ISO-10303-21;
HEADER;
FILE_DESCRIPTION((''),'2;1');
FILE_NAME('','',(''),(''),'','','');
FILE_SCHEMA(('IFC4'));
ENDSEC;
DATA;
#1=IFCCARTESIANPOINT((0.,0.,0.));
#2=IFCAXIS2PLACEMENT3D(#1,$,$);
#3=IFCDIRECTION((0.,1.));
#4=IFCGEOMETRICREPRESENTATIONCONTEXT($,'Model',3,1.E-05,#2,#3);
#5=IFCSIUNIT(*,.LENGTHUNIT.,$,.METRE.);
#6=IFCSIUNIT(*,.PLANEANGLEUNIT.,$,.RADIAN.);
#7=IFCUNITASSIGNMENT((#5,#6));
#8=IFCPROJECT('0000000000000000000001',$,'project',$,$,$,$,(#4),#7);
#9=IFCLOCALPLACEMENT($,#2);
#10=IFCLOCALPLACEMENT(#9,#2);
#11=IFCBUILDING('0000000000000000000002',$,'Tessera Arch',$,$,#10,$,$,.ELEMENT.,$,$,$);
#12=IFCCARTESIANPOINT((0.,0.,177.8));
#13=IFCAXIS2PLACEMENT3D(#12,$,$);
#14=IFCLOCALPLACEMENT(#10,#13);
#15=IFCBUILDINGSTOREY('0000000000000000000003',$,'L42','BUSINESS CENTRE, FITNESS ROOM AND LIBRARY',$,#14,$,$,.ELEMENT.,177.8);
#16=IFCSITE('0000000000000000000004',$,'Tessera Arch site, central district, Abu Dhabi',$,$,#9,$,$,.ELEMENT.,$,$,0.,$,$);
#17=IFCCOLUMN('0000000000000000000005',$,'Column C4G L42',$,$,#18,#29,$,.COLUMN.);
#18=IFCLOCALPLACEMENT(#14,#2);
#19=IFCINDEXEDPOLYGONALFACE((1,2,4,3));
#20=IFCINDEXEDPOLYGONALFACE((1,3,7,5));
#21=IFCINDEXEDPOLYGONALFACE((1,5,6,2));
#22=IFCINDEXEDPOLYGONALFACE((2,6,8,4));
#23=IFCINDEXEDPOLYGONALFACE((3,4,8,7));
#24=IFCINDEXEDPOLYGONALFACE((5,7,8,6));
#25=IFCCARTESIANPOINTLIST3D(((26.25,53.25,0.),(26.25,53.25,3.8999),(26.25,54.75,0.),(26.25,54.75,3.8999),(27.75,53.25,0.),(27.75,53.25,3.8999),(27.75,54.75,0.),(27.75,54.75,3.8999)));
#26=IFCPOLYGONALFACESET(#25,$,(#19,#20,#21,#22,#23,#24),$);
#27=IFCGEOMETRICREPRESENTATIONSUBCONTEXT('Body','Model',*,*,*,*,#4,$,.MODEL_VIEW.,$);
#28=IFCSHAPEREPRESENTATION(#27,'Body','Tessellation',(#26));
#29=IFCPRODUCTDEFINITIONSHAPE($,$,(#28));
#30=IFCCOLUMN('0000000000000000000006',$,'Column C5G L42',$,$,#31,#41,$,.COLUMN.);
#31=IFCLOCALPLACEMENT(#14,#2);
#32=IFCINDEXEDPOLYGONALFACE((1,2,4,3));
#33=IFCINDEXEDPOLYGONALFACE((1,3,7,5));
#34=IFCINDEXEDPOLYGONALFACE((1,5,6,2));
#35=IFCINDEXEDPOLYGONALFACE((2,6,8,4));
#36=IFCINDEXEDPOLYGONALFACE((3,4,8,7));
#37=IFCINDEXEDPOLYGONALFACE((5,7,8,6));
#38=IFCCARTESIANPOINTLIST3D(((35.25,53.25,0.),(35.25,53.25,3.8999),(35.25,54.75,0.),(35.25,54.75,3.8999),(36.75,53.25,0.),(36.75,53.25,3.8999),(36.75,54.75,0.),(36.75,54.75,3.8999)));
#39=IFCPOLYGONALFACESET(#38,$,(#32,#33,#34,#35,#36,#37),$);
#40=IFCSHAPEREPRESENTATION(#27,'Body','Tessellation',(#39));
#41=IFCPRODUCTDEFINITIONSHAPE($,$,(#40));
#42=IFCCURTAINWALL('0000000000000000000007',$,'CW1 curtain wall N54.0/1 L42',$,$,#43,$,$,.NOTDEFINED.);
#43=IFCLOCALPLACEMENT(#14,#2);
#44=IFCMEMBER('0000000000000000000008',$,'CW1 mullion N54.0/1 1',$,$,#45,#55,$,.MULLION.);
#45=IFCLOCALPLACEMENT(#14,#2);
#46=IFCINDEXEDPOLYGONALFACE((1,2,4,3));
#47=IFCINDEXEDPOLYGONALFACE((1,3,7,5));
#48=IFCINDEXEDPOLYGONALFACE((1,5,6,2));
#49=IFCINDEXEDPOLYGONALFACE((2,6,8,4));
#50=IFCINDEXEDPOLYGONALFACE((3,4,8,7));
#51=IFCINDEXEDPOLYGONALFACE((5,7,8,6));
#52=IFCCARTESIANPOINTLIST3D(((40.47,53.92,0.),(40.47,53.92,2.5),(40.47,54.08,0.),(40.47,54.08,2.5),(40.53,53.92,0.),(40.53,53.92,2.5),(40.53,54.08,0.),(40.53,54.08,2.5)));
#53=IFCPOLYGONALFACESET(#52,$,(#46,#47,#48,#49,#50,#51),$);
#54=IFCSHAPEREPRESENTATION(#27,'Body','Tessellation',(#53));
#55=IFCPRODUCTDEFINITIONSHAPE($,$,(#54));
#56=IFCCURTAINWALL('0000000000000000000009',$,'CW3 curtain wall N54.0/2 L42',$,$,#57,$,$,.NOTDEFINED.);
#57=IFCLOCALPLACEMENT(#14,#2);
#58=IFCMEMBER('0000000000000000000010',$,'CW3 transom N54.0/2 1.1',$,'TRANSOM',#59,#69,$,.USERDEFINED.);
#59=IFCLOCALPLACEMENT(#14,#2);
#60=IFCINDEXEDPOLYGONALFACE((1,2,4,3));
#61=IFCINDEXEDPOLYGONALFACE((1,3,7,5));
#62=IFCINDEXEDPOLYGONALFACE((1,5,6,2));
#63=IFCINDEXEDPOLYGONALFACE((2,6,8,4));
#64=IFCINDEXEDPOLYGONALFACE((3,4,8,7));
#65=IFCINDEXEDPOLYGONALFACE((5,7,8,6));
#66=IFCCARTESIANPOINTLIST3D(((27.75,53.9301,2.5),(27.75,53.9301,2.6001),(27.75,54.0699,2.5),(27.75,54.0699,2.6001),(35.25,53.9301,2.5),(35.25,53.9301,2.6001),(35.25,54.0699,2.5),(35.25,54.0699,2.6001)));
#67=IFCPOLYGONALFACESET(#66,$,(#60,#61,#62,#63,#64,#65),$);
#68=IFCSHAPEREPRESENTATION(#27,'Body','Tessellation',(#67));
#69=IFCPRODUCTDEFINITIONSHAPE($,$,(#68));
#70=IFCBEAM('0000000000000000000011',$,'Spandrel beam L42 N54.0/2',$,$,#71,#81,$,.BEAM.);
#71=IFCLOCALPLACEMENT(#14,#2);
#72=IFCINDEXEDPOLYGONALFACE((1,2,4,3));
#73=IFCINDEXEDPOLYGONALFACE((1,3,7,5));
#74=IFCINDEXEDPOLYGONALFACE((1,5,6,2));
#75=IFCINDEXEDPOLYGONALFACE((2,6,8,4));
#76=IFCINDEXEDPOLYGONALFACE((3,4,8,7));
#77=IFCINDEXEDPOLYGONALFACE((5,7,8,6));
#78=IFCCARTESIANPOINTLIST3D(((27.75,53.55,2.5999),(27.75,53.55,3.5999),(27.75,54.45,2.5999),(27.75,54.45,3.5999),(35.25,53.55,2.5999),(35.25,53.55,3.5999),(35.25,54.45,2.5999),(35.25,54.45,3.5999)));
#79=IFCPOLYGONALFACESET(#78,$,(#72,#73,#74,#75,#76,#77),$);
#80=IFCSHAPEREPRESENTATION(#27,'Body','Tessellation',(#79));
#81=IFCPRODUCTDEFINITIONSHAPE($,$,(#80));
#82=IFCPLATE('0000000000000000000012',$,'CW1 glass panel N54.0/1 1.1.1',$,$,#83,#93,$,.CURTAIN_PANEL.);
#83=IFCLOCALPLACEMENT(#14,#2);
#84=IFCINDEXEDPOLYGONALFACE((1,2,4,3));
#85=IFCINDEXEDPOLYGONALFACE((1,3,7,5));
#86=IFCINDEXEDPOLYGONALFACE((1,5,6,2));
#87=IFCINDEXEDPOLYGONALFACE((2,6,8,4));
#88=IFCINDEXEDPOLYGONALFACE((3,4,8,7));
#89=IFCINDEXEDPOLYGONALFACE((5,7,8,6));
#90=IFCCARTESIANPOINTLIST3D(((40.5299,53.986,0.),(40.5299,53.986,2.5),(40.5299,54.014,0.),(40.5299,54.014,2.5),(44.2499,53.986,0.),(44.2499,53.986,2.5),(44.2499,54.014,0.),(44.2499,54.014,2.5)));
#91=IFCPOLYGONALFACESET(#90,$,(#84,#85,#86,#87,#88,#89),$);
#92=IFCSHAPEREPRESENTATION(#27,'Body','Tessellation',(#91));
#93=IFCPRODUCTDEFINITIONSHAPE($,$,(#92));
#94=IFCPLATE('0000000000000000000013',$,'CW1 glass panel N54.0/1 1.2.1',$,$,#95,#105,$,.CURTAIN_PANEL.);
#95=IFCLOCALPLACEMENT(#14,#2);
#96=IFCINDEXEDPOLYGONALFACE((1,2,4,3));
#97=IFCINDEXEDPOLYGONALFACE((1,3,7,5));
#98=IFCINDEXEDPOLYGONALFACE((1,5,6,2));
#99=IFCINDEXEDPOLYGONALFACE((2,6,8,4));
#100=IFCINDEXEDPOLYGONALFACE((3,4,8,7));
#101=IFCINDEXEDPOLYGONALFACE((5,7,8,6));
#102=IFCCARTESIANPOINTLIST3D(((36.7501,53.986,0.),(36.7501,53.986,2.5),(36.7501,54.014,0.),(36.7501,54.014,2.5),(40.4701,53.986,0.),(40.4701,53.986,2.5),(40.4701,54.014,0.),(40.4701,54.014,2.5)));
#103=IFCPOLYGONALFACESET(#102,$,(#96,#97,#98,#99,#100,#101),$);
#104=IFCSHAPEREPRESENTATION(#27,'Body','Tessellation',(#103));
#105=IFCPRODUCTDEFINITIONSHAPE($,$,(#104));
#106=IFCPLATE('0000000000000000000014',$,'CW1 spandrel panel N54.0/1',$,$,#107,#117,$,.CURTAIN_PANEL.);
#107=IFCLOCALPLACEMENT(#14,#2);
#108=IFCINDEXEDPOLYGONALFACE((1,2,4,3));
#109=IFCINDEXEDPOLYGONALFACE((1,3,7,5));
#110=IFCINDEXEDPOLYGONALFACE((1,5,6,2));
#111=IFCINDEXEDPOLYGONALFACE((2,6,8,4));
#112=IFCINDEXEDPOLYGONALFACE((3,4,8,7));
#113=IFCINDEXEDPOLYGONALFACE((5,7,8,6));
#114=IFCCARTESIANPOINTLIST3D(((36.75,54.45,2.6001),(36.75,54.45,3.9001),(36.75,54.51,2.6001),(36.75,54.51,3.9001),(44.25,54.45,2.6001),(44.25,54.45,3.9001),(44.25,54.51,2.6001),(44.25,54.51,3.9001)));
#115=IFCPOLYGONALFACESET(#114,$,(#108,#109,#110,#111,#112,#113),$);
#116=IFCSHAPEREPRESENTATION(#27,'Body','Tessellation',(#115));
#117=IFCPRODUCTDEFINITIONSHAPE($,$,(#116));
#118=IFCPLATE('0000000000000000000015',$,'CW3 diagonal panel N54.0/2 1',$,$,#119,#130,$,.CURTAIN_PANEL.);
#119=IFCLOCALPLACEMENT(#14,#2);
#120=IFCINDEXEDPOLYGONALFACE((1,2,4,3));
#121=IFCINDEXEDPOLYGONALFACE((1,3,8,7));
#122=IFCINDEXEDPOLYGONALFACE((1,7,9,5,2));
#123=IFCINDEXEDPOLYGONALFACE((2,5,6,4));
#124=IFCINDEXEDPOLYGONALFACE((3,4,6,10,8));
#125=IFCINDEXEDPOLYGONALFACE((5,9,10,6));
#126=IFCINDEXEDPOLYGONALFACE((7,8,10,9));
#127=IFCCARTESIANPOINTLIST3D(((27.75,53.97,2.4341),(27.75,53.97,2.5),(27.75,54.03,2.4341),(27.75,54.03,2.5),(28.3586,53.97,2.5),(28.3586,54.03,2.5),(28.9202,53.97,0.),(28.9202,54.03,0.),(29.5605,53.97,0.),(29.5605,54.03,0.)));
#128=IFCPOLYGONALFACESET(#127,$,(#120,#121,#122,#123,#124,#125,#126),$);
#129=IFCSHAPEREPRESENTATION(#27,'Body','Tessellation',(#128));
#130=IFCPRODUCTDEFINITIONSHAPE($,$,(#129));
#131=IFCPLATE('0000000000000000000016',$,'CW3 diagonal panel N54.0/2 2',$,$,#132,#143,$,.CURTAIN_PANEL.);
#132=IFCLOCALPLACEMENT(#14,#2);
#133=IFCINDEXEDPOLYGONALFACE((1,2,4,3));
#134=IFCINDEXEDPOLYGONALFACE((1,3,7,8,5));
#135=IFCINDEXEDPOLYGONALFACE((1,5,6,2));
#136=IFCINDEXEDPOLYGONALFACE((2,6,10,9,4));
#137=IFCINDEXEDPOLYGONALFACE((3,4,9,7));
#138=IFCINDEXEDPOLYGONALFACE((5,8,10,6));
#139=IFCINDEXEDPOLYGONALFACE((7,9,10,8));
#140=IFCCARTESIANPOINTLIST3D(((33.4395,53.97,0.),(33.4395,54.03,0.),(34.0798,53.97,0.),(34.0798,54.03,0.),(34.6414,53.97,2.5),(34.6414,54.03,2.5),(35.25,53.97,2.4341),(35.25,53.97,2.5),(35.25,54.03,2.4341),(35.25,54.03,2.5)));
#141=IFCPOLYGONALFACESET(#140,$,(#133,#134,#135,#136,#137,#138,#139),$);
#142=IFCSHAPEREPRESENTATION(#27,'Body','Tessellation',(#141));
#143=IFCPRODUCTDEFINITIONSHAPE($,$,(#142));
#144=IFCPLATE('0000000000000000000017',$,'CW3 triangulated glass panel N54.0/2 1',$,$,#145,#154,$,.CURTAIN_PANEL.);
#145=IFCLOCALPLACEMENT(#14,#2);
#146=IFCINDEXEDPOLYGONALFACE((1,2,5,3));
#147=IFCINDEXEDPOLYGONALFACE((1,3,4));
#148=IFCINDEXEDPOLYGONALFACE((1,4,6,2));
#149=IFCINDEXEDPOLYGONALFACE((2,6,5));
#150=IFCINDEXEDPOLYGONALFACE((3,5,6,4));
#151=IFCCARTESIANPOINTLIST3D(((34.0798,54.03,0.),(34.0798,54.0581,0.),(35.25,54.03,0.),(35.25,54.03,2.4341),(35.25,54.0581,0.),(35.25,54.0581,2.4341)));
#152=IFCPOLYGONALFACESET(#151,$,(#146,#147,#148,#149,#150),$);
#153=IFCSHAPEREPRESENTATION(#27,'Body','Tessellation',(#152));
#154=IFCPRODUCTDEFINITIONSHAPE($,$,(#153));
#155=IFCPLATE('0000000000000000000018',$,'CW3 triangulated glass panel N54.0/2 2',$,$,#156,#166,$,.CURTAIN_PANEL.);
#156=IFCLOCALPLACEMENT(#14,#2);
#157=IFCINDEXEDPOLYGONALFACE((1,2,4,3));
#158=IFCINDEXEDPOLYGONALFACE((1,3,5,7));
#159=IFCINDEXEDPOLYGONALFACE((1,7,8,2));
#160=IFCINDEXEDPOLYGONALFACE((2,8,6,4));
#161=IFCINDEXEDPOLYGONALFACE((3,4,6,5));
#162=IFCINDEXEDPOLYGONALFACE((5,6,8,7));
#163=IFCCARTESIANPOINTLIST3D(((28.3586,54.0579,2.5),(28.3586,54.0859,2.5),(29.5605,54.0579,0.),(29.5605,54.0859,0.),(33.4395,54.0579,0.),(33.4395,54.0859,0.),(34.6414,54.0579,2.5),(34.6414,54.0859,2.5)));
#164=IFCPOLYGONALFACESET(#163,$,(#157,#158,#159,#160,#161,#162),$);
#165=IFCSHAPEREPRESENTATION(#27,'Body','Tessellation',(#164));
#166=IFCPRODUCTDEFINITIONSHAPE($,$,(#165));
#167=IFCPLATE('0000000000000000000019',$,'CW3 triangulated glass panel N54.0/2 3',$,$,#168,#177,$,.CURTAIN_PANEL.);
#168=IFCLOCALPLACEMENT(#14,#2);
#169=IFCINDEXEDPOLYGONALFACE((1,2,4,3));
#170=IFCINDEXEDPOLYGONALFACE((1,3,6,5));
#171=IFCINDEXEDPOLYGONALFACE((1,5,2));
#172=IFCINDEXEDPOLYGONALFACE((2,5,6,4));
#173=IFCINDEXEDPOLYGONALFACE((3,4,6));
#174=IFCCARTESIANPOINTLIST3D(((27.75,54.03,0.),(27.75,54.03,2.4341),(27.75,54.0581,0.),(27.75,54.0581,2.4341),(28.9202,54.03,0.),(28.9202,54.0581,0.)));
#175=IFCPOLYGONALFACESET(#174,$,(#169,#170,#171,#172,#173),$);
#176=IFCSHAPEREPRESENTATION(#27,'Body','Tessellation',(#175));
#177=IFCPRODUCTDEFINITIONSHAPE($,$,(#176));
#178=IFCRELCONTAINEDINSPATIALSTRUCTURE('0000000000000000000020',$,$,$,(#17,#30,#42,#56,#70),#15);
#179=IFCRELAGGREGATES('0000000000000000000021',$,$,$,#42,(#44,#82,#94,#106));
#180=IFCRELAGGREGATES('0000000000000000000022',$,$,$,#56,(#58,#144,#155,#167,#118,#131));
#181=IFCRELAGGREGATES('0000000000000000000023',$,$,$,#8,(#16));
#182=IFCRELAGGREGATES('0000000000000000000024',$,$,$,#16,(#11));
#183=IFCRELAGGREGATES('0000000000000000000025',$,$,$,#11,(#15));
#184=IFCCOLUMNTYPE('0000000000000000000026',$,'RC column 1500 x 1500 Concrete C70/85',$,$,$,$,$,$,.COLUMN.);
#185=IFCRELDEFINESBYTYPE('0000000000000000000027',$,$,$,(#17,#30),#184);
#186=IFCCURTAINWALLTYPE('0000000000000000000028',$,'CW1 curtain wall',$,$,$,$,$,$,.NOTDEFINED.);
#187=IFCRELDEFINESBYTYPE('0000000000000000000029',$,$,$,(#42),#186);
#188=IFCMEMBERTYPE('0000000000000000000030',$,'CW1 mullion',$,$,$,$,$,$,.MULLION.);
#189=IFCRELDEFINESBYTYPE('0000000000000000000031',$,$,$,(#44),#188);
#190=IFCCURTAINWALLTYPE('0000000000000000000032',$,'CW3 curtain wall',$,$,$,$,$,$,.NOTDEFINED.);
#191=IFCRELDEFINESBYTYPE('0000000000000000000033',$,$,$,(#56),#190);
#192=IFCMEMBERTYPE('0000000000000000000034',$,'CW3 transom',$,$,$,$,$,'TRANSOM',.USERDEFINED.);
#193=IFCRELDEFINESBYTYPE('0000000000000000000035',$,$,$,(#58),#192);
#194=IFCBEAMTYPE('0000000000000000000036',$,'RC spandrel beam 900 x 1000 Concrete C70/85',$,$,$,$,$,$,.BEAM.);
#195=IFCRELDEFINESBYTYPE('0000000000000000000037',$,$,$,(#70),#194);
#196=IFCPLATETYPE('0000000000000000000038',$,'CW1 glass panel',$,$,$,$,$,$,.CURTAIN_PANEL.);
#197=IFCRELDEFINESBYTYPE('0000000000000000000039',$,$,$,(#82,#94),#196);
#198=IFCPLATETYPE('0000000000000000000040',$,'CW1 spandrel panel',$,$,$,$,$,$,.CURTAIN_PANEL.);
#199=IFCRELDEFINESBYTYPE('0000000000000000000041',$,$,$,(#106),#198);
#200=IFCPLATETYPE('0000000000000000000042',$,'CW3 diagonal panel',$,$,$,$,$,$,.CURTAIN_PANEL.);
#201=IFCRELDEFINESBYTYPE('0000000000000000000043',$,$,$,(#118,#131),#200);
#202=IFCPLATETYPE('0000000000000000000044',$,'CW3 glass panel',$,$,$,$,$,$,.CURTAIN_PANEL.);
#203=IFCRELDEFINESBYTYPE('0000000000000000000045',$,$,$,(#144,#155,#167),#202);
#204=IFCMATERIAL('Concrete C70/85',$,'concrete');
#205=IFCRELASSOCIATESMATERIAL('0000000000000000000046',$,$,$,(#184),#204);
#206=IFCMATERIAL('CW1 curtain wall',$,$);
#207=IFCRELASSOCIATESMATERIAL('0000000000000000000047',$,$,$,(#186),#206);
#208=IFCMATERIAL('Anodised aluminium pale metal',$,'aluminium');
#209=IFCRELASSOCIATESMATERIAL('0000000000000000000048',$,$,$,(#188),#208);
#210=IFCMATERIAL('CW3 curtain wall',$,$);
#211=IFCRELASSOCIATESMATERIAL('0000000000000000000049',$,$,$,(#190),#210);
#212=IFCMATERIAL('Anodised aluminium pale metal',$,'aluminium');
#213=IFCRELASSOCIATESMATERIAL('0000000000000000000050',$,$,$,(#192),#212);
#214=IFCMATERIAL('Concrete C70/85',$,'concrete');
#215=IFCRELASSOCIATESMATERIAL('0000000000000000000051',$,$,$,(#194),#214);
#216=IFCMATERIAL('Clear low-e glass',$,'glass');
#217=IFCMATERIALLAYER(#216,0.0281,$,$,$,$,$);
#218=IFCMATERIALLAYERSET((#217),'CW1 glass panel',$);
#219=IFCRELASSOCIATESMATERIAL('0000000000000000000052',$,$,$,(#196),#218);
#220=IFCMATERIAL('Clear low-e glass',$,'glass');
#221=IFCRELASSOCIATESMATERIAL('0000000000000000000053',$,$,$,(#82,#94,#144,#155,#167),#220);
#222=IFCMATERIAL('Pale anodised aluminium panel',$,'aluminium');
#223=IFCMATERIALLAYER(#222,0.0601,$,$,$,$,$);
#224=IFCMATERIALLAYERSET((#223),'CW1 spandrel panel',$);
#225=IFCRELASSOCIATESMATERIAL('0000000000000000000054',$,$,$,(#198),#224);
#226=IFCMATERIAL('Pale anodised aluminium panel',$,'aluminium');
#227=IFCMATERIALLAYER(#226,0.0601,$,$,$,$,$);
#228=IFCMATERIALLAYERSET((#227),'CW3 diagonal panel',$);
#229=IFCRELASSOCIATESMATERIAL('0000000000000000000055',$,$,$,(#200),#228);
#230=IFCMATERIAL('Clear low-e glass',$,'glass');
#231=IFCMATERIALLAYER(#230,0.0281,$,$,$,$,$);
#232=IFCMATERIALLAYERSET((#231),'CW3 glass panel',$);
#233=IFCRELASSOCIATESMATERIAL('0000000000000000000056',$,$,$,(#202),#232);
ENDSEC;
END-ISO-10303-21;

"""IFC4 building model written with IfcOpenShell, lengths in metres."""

from ifc_helpers import new_model, si_unit, direction, frame, origin, origin_2d, place, context, subcontext, project, spatial, polyline, rectangle, outline, extrude, material, layer, layer_set, material_profile, profile_set, type_object, element, aggregate, save


model = new_model("IFC4")

# Units and contexts
model_context = context("Model", 3, precision=1e-05, world=origin(), true_north=direction((0.0, 1.0)))
body_context = subcontext(model_context, "Body", "Model", "MODEL_VIEW")
ifc_project = project(units=[si_unit("LENGTHUNIT", "METRE"), si_unit("PLANEANGLEUNIT", "RADIAN")], contexts=[model_context])

# Site, building, storey
site_placement = place(None, origin())
site = spatial("IfcSite", under=ifc_project, at=site_placement, Name="Tessera Arch site, central district, Abu Dhabi", CompositionType="ELEMENT", RefElevation=0.0)
building_placement = place(site_placement, origin())
building = spatial("IfcBuilding", under=site, at=building_placement, Name="Tessera Arch", CompositionType="ELEMENT")
storey_placement = place(building_placement, frame((0.0, 0.0, 177.8)))
storey = spatial("IfcBuildingStorey", under=building, at=storey_placement, Name="L42", Description="BUSINESS CENTRE, FITNESS ROOM AND LIBRARY", CompositionType="ELEMENT", Elevation=177.8)

# Columns
ifc_material_1 = material(Name="Concrete C70/85", Category="concrete")
ifc_material_profile_1 = material_profile(ifc_material_1, rectangle(XDim=1.5, YDim=1.5, at=origin_2d()), Name="RC column 1500 x 1500 Concrete C70/85")
ifc_profile_set_1 = profile_set([ifc_material_profile_1], Name="Concrete C70/85")
column_type = type_object("IfcColumnType", Name="RC column 1500 x 1500 Concrete C70/85", PredefinedType="COLUMN", material=ifc_profile_set_1)
for number, where, z_axis, x_axis, name in (
    (1, (27.0, 54.0, 0.0), (0.0, 0.0, 1.0), (1.0, 0.0, 0.0), "Column C4G L42"),
    (2, (36.0, 54.0, 0.0), (0.0, 0.0, 1.0), (1.0, 0.0, 0.0), "Column C5G L42"),
):
    element("IfcColumn", number, at=place(storey_placement, frame(where, z_axis=z_axis, x_axis=x_axis)), inside=storey, type_object=column_type, Name=name, PredefinedType="COLUMN", context=body_context, shape_type="SweptSolid", body=[
        extrude(rectangle(XDim=1.5, YDim=1.5, at=origin_2d()), origin(), (0.0, 0.0, 1.0), 3.8999),
    ])

# Curtain walls, members
ifc_material_2 = material(Name="CW1 curtain wall")
curtain_wall_type_1 = type_object("IfcCurtainWallType", Name="CW1 curtain wall", PredefinedType="NOTDEFINED", material=ifc_material_2)
curtain_wall_1_placement = place(storey_placement, origin())
curtain_wall_1 = element("IfcCurtainWall", 3, at=curtain_wall_1_placement, inside=storey, type_object=curtain_wall_type_1, Name="CW1 curtain wall N54.0/1 L42", PredefinedType="NOTDEFINED")
ifc_material_3 = material(Name="Anodised aluminium pale metal", Category="aluminium")
ifc_material_profile_2 = material_profile(ifc_material_3, rectangle(XDim=0.1599, YDim=0.0601, at=origin_2d()), Name="AL 60x160")
ifc_profile_set_2 = profile_set([ifc_material_profile_2], Name="Anodised aluminium pale metal")
member_type_1 = type_object("IfcMemberType", Name="CW1 mullion", PredefinedType="MULLION", material=ifc_profile_set_2)
member_1_placement = place(storey_placement, frame((40.5, 54.0, 0.0), z_axis=(0.0, 0.0, 1.0), x_axis=(0.0, -1.0, 0.0)))
member_1 = element("IfcMember", 4, at=member_1_placement, type_object=member_type_1, Name="CW1 mullion N54.0/1 1", PredefinedType="MULLION", context=body_context, shape_type="SweptSolid", body=[
    extrude(rectangle(XDim=0.1599, YDim=0.0601, at=origin_2d()), origin(), (0.0, 0.0, 1.0), 2.5),
])
ifc_material_4 = material(Name="CW3 curtain wall")
curtain_wall_type_2 = type_object("IfcCurtainWallType", Name="CW3 curtain wall", PredefinedType="NOTDEFINED", material=ifc_material_4)
curtain_wall_2_placement = place(storey_placement, origin())
curtain_wall_2 = element("IfcCurtainWall", 5, at=curtain_wall_2_placement, inside=storey, type_object=curtain_wall_type_2, Name="CW3 curtain wall N54.0/2 L42", PredefinedType="NOTDEFINED")
ifc_material_5 = material(Name="Anodised aluminium pale metal", Category="aluminium")
ifc_material_profile_3 = material_profile(ifc_material_5, rectangle(XDim=0.1399, YDim=0.1001, at=origin_2d()), Name="AL 140x100")
ifc_profile_set_3 = profile_set([ifc_material_profile_3], Name="Anodised aluminium pale metal")
member_type_2 = type_object("IfcMemberType", Name="CW3 transom", ElementType="TRANSOM", PredefinedType="USERDEFINED", material=ifc_profile_set_3)
member_2_placement = place(storey_placement, frame((35.25, 54.0, 2.55), z_axis=(-1.0, 0.0, 0.0), x_axis=(0.0, -1.0, 0.0)))
member_2 = element("IfcMember", 6, at=member_2_placement, type_object=member_type_2, Name="CW3 transom N54.0/2 1.1", ObjectType="TRANSOM", PredefinedType="USERDEFINED", context=body_context, shape_type="SweptSolid", body=[
    extrude(rectangle(XDim=0.1399, YDim=0.1001, at=origin_2d()), origin(), (0.0, 0.0, 1.0), 7.5),
])

# Beam
ifc_material_6 = material(Name="Concrete C70/85", Category="concrete")
ifc_material_profile_4 = material_profile(ifc_material_6, rectangle(XDim=0.8999, YDim=1.0, at=origin_2d()), Name="RC spandrel beam 900 x 1000 Concrete C70/85")
ifc_profile_set_4 = profile_set([ifc_material_profile_4], Name="Concrete C70/85")
beam_type = type_object("IfcBeamType", Name="RC spandrel beam 900 x 1000 Concrete C70/85", PredefinedType="BEAM", material=ifc_profile_set_4)
beam_placement = place(storey_placement, frame((35.25, 54.0, 3.0999), z_axis=(-1.0, 0.0, 0.0), x_axis=(0.0, -1.0, 0.0)))
element("IfcBeam", 7, at=beam_placement, inside=storey, type_object=beam_type, Name="Spandrel beam L42 N54.0/2", PredefinedType="BEAM", context=body_context, shape_type="SweptSolid", body=[
    extrude(rectangle(XDim=0.8999, YDim=1.0, at=origin_2d()), origin(), (0.0, 0.0, 1.0), 7.5),
])

# Plates
ifc_material_7 = material(Name="Clear low-e glass", Category="glass")
ifc_material_8 = material(Name="Clear low-e glass", Category="glass")
ifc_layer_1 = layer(ifc_material_8, 0.0281)
ifc_layer_set_1 = layer_set([ifc_layer_1], Name="CW1 glass panel")
plate_type_1 = type_object("IfcPlateType", Name="CW1 glass panel", PredefinedType="CURTAIN_PANEL", material=ifc_layer_set_1)
plate_1_placement = place(storey_placement, frame((42.3899, 54.0, 0.0), z_axis=(0.0, 0.0, 1.0), x_axis=(-1.0, 0.0, 0.0)))
plate_1 = element("IfcPlate", 8, at=plate_1_placement, type_object=plate_type_1, material=ifc_material_7, Name="CW1 glass panel N54.0/1 1.1.1", PredefinedType="CURTAIN_PANEL", context=body_context, shape_type="SweptSolid", body=[
    extrude(rectangle(XDim=3.72, YDim=0.0281, at=origin_2d()), origin(), (0.0, 0.0, 1.0), 2.5),
])
plate_2_placement = place(storey_placement, frame((38.6101, 54.0, 0.0), z_axis=(0.0, 0.0, 1.0), x_axis=(-1.0, 0.0, 0.0)))
plate_2 = element("IfcPlate", 9, at=plate_2_placement, type_object=plate_type_1, material=ifc_material_7, Name="CW1 glass panel N54.0/1 1.2.1", PredefinedType="CURTAIN_PANEL", context=body_context, shape_type="SweptSolid", body=[
    extrude(rectangle(XDim=3.72, YDim=0.0281, at=origin_2d()), origin(), (0.0, 0.0, 1.0), 2.5),
])
ifc_material_9 = material(Name="Pale anodised aluminium panel", Category="aluminium")
ifc_layer_2 = layer(ifc_material_9, 0.0601)
ifc_layer_set_2 = layer_set([ifc_layer_2], Name="CW1 spandrel panel")
plate_type_2 = type_object("IfcPlateType", Name="CW1 spandrel panel", PredefinedType="CURTAIN_PANEL", material=ifc_layer_set_2)
plate_3_placement = place(storey_placement, frame((40.5, 54.48, 2.6001), z_axis=(0.0, 0.0, 1.0), x_axis=(-1.0, 0.0, 0.0)))
plate_3 = element("IfcPlate", 10, at=plate_3_placement, type_object=plate_type_2, Name="CW1 spandrel panel N54.0/1", PredefinedType="CURTAIN_PANEL", context=body_context, shape_type="SweptSolid", body=[
    extrude(rectangle(XDim=7.5, YDim=0.0601, at=origin_2d()), origin(), (0.0, 0.0, 1.0), 1.3),
])
aggregate(curtain_wall_1, [member_1, plate_1, plate_2, plate_3])
ifc_material_10 = material(Name="Pale anodised aluminium panel", Category="aluminium")
ifc_layer_3 = layer(ifc_material_10, 0.0601)
ifc_layer_set_3 = layer_set([ifc_layer_3], Name="CW3 diagonal panel")
plate_type_3 = type_object("IfcPlateType", Name="CW3 diagonal panel", PredefinedType="CURTAIN_PANEL", material=ifc_layer_set_3)
plate_4_placement = place(storey_placement, frame((27.75, 54.03, 2.5), z_axis=(0.0, 1.0, 0.0), x_axis=(1.0, 0.0, 0.0)))
plate_4 = element("IfcPlate", 11, at=plate_4_placement, type_object=plate_type_3, Name="CW3 diagonal panel N54.0/2 1", PredefinedType="CURTAIN_PANEL", context=body_context, shape_type="SweptSolid", body=[
    extrude(outline(polyline([(0.0, 0.0), (0.6086, 0.0), (1.8105, 2.5), (1.1702, 2.5), (0.0, 0.0659), (0.0, 0.0)])), origin(), (0.0, 0.0, -1.0), 0.0601),
])
plate_5_placement = place(storey_placement, frame((35.25, 54.03, 2.5), z_axis=(0.0, 1.0, 0.0), x_axis=(0.0, 0.0, -1.0)))
plate_5 = element("IfcPlate", 12, at=plate_5_placement, type_object=plate_type_3, Name="CW3 diagonal panel N54.0/2 2", PredefinedType="CURTAIN_PANEL", context=body_context, shape_type="SweptSolid", body=[
    extrude(outline(polyline([(0.0, 0.0), (0.0659, 0.0), (2.5, 1.1702), (2.5, 1.8105), (0.0, 0.6086), (0.0, 0.0)])), origin(), (0.0, 0.0, -1.0), 0.0601),
])
ifc_material_11 = material(Name="Clear low-e glass", Category="glass")
ifc_layer_4 = layer(ifc_material_11, 0.0281)
ifc_layer_set_4 = layer_set([ifc_layer_4], Name="CW3 glass panel")
plate_type_4 = type_object("IfcPlateType", Name="CW3 glass panel", PredefinedType="CURTAIN_PANEL", material=ifc_layer_set_4)
plate_6_placement = place(storey_placement, frame((35.25, 54.0581, 0.0), z_axis=(0.0, 1.0, 0.0), x_axis=(-1.0, 0.0, 0.0)))
plate_6 = element("IfcPlate", 13, at=plate_6_placement, type_object=plate_type_4, material=ifc_material_7, Name="CW3 triangulated glass panel N54.0/2 1", PredefinedType="CURTAIN_PANEL", context=body_context, shape_type="SweptSolid", body=[
    extrude(outline(polyline([(0.0, 0.0), (1.1702, 0.0), (0.0, 2.4341), (0.0, 0.0)])), origin(), (0.0, 0.0, -1.0), 0.0281),
])
plate_7_placement = place(storey_placement, frame((28.3586, 54.0859, 2.5), z_axis=(0.0, 1.0, 0.0), x_axis=(1.0, 0.0, 0.0)))
plate_7 = element("IfcPlate", 14, at=plate_7_placement, type_object=plate_type_4, material=ifc_material_7, Name="CW3 triangulated glass panel N54.0/2 2", PredefinedType="CURTAIN_PANEL", context=body_context, shape_type="SweptSolid", body=[
    extrude(outline(polyline([(0.0, 0.0), (6.2827, 0.0), (5.0808, 2.5), (1.2019, 2.5), (0.0, 0.0)])), origin(), (0.0, 0.0, -1.0), 0.0281),
])
plate_8_placement = place(storey_placement, frame((27.75, 54.0581, 0.0), z_axis=(0.0, 1.0, 0.0), x_axis=(0.0, 0.0, 1.0)))
plate_8 = element("IfcPlate", 15, at=plate_8_placement, type_object=plate_type_4, material=ifc_material_7, Name="CW3 triangulated glass panel N54.0/2 3", PredefinedType="CURTAIN_PANEL", context=body_context, shape_type="SweptSolid", body=[
    extrude(outline(polyline([(0.0, 0.0), (2.4341, 0.0), (0.0, 1.1702), (0.0, 0.0)])), origin(), (0.0, 0.0, -1.0), 0.0281),
])
aggregate(curtain_wall_2, [member_2, plate_6, plate_7, plate_8, plate_4, plate_5])

save(model, "model.ifc")
